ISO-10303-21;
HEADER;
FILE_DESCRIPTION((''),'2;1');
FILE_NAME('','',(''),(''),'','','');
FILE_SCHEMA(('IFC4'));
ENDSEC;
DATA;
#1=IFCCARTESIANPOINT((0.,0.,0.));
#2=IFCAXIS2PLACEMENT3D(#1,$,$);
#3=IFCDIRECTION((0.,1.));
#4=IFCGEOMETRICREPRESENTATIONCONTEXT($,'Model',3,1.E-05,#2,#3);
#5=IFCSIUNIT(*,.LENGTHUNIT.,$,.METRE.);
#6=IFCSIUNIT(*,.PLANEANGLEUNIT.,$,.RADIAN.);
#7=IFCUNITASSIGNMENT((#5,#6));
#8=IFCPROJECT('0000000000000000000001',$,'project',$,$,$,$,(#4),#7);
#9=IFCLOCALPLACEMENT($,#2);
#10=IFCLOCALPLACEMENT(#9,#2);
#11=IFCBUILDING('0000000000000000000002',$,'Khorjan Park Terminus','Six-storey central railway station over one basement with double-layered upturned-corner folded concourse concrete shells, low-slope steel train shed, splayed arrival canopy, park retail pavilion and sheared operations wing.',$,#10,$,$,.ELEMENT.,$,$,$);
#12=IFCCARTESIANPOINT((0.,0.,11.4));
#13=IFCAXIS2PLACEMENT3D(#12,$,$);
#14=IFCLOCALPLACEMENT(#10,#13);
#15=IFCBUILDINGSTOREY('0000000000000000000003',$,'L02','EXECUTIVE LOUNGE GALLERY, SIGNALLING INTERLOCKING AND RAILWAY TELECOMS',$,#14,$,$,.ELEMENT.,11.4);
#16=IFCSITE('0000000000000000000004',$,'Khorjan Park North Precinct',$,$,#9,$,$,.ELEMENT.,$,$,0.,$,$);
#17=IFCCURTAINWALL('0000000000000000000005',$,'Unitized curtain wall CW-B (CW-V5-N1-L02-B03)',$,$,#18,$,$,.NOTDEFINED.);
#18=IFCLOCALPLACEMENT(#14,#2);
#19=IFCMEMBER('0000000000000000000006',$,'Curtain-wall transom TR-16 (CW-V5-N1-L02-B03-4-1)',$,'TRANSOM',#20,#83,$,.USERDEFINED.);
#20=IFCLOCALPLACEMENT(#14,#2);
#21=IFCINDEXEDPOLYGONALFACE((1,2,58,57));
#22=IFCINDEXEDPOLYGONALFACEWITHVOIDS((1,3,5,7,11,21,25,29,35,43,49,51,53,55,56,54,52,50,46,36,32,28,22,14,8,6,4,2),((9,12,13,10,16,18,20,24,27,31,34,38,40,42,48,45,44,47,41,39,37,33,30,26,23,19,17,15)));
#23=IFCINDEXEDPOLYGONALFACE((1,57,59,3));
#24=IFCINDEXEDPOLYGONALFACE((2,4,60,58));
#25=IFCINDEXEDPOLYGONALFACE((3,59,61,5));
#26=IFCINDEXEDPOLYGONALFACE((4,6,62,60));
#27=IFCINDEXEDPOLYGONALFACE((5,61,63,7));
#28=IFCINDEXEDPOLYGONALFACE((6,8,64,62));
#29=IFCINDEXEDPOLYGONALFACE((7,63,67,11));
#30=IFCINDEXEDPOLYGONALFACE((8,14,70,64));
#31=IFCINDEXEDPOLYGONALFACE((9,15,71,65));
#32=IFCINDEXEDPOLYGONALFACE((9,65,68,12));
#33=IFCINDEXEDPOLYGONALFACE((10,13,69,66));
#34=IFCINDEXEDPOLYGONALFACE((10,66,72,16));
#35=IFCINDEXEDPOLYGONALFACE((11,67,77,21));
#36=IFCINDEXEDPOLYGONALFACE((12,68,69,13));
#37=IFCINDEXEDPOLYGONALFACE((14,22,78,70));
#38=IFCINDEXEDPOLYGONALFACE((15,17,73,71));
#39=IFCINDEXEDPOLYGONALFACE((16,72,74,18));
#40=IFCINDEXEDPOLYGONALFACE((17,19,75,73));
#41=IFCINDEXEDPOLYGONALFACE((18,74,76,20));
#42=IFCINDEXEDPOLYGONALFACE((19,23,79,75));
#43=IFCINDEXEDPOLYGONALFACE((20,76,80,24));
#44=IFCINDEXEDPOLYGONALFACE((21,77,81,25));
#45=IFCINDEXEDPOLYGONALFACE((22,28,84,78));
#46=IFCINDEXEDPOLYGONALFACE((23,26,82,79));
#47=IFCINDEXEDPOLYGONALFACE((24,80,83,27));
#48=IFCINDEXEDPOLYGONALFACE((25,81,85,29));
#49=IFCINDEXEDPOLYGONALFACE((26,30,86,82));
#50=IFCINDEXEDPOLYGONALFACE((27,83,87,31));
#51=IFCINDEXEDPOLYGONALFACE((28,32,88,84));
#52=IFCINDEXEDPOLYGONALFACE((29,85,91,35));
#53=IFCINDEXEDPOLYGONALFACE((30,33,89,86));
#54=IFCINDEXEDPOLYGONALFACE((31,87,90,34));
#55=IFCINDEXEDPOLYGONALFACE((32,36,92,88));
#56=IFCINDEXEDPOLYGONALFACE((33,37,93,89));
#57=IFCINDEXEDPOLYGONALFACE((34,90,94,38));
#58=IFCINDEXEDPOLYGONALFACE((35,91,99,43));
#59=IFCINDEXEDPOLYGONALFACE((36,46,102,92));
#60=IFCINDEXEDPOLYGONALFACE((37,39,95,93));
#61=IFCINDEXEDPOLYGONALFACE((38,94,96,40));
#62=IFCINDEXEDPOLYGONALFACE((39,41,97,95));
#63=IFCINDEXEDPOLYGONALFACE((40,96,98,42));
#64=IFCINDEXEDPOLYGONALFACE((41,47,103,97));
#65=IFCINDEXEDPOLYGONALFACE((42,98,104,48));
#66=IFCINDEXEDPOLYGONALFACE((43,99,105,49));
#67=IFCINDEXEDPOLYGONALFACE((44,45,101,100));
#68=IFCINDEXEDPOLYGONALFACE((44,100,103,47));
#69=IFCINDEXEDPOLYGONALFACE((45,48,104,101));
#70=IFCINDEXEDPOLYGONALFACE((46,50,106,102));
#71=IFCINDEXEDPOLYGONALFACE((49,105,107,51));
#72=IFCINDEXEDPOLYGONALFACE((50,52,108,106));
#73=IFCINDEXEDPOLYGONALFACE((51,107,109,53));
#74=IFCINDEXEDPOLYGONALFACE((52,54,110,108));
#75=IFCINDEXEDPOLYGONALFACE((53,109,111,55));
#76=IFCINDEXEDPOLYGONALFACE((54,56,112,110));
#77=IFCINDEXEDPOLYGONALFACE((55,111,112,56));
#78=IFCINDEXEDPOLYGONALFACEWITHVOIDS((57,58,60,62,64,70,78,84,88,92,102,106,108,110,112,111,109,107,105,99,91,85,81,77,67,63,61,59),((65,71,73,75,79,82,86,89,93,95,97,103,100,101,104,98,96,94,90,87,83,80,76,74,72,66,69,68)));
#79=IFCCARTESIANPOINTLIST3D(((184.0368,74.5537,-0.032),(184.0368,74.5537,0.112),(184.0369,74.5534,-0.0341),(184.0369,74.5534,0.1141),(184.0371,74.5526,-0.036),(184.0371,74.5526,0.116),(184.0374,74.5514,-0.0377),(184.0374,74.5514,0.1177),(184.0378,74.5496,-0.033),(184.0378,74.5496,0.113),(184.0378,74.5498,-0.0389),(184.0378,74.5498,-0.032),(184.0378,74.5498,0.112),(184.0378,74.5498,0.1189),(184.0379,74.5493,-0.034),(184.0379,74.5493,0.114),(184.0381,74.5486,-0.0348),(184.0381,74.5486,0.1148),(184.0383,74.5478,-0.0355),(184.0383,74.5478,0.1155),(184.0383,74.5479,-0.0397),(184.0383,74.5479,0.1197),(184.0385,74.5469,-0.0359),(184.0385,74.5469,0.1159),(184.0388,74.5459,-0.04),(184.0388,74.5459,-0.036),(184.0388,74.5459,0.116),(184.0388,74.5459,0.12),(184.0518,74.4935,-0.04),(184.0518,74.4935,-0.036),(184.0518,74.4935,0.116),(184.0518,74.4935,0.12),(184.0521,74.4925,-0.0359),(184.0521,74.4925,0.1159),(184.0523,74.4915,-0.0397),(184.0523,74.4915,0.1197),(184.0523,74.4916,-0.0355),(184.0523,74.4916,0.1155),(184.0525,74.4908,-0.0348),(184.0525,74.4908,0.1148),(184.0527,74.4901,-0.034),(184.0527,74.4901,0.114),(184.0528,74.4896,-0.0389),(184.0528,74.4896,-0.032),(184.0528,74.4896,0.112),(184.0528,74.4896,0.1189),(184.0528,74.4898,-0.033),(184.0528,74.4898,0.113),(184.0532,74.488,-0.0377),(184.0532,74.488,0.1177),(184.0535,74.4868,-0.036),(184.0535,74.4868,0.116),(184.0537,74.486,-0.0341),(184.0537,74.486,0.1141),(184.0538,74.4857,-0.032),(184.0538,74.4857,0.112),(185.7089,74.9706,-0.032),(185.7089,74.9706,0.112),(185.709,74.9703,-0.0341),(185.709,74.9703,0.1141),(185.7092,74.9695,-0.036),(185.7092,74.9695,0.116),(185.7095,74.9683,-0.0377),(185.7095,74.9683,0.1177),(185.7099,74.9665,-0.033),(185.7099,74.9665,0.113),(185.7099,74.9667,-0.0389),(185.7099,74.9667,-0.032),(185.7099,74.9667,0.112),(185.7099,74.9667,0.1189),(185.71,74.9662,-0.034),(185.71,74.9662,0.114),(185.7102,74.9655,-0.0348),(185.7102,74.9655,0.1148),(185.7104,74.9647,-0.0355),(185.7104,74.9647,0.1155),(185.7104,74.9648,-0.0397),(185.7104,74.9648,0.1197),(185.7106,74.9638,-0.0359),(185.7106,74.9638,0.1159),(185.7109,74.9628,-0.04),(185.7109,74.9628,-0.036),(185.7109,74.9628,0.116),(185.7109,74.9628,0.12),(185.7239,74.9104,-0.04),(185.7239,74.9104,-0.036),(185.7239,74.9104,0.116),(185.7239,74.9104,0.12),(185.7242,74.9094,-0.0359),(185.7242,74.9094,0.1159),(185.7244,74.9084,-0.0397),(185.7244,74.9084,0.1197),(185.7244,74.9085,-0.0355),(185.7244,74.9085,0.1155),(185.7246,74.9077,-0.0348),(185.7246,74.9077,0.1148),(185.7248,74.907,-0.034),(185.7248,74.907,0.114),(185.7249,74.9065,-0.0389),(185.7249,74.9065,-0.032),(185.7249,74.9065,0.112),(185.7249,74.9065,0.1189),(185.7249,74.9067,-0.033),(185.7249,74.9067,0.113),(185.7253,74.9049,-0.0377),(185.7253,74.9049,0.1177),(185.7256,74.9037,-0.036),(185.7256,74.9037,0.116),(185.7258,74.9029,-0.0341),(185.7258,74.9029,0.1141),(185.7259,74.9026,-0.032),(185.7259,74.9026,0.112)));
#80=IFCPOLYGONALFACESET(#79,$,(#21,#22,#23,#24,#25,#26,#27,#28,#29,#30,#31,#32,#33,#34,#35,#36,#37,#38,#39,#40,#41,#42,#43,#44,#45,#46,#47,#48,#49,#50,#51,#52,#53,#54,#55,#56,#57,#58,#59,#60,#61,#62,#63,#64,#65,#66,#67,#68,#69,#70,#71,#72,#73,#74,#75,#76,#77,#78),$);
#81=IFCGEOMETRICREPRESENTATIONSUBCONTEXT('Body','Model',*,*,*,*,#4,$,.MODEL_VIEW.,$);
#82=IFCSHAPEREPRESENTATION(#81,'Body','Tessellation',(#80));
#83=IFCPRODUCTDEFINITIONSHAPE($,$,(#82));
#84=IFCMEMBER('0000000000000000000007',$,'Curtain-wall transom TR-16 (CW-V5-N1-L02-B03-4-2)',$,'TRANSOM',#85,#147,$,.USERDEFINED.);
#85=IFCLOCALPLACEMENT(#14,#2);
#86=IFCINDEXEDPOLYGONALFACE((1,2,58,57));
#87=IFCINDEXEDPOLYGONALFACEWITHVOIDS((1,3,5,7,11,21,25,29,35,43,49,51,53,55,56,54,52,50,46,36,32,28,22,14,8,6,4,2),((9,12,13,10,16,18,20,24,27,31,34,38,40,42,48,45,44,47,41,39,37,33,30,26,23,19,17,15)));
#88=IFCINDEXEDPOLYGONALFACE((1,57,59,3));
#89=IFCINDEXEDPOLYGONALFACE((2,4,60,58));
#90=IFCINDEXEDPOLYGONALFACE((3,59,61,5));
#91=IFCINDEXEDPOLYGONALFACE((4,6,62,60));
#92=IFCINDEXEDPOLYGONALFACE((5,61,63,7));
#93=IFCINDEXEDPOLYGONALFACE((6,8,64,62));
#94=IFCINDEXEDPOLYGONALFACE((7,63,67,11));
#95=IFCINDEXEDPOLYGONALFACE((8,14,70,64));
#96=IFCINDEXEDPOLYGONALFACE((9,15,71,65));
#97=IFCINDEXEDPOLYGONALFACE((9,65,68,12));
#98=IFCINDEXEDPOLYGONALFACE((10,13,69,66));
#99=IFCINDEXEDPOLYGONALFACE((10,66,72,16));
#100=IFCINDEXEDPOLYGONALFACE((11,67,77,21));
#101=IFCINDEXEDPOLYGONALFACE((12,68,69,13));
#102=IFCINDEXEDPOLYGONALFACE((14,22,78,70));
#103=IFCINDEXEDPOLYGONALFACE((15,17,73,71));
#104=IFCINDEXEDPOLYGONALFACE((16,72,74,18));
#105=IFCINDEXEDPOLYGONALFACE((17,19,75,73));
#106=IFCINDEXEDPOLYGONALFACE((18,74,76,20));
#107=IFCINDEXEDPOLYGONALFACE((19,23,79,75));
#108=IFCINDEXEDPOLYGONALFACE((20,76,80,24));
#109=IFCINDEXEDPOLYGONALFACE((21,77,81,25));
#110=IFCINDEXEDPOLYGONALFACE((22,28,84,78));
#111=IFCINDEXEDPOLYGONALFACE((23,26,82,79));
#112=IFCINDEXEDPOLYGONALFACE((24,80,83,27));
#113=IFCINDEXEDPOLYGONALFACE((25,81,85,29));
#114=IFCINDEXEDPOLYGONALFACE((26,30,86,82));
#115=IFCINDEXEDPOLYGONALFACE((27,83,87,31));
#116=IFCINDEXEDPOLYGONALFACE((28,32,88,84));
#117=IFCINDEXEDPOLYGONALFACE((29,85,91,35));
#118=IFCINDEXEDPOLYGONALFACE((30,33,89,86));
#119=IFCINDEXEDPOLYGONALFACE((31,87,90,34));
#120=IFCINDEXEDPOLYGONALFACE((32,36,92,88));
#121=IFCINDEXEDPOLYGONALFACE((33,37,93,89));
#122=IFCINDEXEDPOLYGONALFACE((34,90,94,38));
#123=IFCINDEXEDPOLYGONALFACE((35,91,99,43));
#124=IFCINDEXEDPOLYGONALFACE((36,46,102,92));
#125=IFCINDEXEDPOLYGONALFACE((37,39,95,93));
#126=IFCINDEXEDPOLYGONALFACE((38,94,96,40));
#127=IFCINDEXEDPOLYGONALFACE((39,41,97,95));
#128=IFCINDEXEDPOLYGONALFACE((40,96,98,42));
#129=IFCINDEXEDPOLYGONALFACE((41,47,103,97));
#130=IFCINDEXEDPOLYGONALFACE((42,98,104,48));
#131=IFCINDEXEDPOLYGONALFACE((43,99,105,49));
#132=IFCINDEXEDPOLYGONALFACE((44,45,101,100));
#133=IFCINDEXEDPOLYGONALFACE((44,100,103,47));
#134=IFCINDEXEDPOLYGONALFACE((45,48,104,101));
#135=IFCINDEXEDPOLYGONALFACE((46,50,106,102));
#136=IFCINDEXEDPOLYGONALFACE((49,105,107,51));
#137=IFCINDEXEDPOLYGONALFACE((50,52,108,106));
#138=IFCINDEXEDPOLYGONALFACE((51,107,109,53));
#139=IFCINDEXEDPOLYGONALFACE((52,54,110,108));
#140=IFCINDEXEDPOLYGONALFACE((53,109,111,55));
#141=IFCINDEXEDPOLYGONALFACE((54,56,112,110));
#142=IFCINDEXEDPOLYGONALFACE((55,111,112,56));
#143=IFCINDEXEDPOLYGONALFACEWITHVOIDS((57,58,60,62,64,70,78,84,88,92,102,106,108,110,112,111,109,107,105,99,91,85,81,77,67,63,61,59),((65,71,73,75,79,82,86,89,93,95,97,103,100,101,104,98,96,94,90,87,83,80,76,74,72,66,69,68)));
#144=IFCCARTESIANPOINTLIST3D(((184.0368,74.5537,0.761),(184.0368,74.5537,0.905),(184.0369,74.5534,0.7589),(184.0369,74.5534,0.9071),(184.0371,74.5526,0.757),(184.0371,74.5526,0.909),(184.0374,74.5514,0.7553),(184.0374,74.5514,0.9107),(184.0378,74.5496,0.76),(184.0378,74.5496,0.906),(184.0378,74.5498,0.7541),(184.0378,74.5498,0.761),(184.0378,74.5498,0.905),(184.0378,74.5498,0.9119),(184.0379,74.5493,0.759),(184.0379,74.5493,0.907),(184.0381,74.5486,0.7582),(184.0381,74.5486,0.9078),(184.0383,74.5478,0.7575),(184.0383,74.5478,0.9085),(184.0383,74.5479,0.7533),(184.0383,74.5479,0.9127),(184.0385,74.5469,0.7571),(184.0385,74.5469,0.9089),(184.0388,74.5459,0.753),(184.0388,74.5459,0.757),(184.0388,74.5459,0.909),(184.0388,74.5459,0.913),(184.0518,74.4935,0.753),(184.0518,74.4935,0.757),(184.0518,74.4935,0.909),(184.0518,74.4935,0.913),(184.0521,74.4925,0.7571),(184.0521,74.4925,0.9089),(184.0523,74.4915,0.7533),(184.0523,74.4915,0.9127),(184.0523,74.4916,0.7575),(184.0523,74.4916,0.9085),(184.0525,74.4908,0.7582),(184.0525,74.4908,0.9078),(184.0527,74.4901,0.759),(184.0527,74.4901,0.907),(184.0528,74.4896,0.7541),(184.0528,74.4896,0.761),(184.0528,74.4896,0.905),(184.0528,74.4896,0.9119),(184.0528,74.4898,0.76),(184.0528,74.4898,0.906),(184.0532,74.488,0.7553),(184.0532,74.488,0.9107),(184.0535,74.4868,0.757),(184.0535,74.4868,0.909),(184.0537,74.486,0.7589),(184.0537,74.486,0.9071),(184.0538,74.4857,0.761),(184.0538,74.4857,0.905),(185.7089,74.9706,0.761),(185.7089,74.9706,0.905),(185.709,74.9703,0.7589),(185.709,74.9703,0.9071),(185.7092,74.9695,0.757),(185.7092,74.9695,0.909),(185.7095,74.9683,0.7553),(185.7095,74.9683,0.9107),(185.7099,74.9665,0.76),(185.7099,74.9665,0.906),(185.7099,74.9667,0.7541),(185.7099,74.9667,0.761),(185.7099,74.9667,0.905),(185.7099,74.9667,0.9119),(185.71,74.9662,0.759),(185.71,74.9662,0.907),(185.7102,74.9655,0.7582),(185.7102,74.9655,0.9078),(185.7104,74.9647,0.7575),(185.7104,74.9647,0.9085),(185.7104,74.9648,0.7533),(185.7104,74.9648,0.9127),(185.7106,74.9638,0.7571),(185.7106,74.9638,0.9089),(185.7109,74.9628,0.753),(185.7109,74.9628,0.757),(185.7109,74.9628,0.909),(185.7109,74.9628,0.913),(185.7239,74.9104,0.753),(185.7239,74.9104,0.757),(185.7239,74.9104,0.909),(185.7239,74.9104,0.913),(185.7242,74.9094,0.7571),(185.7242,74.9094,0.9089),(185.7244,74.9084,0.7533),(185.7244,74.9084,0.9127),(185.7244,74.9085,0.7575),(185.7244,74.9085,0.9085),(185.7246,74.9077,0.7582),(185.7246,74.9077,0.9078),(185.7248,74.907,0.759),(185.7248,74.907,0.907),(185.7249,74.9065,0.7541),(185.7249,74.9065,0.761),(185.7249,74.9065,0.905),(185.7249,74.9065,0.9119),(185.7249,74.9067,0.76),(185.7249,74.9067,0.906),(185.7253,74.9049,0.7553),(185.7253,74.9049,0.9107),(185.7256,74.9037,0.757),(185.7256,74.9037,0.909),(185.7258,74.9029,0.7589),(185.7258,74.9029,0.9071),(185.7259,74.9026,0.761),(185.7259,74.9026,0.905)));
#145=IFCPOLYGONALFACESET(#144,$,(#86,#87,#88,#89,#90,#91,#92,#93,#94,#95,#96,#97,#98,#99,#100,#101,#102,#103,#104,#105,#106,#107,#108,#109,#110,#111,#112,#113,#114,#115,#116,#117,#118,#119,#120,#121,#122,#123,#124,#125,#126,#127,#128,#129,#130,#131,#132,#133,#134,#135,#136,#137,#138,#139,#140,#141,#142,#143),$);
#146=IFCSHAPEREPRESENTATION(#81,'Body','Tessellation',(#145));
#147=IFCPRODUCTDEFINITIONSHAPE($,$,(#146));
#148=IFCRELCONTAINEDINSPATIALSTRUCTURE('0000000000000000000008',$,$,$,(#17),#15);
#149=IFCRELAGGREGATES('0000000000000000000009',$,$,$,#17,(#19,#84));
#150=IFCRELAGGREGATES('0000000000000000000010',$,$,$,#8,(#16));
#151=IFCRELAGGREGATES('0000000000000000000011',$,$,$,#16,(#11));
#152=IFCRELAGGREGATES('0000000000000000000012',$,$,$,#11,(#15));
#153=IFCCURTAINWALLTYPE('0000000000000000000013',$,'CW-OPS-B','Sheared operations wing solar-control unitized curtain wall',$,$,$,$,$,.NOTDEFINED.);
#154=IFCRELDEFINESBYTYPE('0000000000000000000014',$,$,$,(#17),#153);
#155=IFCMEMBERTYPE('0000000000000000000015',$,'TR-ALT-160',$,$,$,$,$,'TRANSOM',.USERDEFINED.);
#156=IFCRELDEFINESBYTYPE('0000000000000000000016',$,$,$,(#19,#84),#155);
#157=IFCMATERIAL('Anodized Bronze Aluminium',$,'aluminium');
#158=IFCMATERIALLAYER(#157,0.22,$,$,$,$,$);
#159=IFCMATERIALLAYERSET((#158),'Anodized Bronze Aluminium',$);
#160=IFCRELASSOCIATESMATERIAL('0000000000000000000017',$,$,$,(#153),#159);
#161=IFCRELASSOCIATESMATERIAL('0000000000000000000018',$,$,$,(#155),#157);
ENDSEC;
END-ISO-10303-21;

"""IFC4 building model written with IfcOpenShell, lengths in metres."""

from ifc_helpers import new_model, si_unit, direction, frame, origin, origin_2d, place, context, subcontext, project, spatial, hollow_rectangle, extrude, material, layer, layer_set, material_profile, profile_set, type_object, element, aggregate, save


model = new_model("IFC4")

# Units and contexts
model_context = context("Model", 3, precision=1e-05, world=origin(), true_north=direction((0.0, 1.0)))
body_context = subcontext(model_context, "Body", "Model", "MODEL_VIEW")
ifc_project = project(units=[si_unit("LENGTHUNIT", "METRE"), si_unit("PLANEANGLEUNIT", "RADIAN")], contexts=[model_context])

# Site, building, storey
site_placement = place(None, origin())
site = spatial("IfcSite", under=ifc_project, at=site_placement, Name="Khorjan Park North Precinct", CompositionType="ELEMENT", RefElevation=0.0)
building_placement = place(site_placement, origin())
building = spatial("IfcBuilding", under=site, at=building_placement, Name="Khorjan Park Terminus", Description="Six-storey central railway station over one basement with double-layered upturned-corner folded concourse concrete shells, low-slope steel train shed, splayed arrival canopy, park retail pavilion and sheared operations wing.", CompositionType="ELEMENT")
storey_placement = place(building_placement, frame((0.0, 0.0, 11.4)))
storey = spatial("IfcBuildingStorey", under=building, at=storey_placement, Name="L02", Description="EXECUTIVE LOUNGE GALLERY, SIGNALLING INTERLOCKING AND RAILWAY TELECOMS", CompositionType="ELEMENT", Elevation=11.4)

# Curtain wall
ifc_material_1 = material(Name="Anodized Bronze Aluminium", Category="aluminium")
ifc_layer_1 = layer(ifc_material_1, 0.22)
ifc_layer_set_1 = layer_set([ifc_layer_1], Name="Anodized Bronze Aluminium")
curtain_wall_type = type_object("IfcCurtainWallType", Name="CW-OPS-B", Description="Sheared operations wing solar-control unitized curtain wall", PredefinedType="NOTDEFINED", material=ifc_layer_set_1)
curtain_wall_placement = place(storey_placement, origin())
curtain_wall = element("IfcCurtainWall", 1, at=curtain_wall_placement, inside=storey, type_object=curtain_wall_type, Name="Unitized curtain wall CW-B (CW-V5-N1-L02-B03)", PredefinedType="NOTDEFINED")

# Members
ifc_material_profile_1 = material_profile(ifc_material_1, hollow_rectangle(XDim=0.07, YDim=0.16, WallThickness=0.004, InnerFilletRadius=0.004, OuterFilletRadius=0.008, at=origin_2d()), Name="ALT 70x160x4")
ifc_profile_set_1 = profile_set([ifc_material_profile_1], Name="Anodized Bronze Aluminium")
member_type_1 = type_object("IfcMemberType", Name="TR-ALT-160", ElementType="TRANSOM", PredefinedType="USERDEFINED", material=ifc_profile_set_1)
member_1_placement = place(storey_placement, frame((185.7174, 74.9366, 0.04), z_axis=(-0.970296, -0.241921, 0.0), x_axis=(0.241921, -0.970296, 0.0)))
member_1 = element("IfcMember", 2, at=member_1_placement, type_object=member_type_1, Name="Curtain-wall transom TR-16 (CW-V5-N1-L02-B03-4-1)", ObjectType="TRANSOM", PredefinedType="USERDEFINED", context=body_context, shape_type="SweptSolid", body=[
    extrude(hollow_rectangle(XDim=0.07, YDim=0.16, WallThickness=0.004, InnerFilletRadius=0.004, OuterFilletRadius=0.008, at=origin_2d()), origin(), (0.0, 0.0, 1.0), 1.7233),
])
member_2_placement = place(storey_placement, frame((185.7174, 74.9366, 0.833), z_axis=(-0.970296, -0.241921, 0.0), x_axis=(0.241921, -0.970296, 0.0)))
member_2 = element("IfcMember", 3, at=member_2_placement, type_object=member_type_1, Name="Curtain-wall transom TR-16 (CW-V5-N1-L02-B03-4-2)", ObjectType="TRANSOM", PredefinedType="USERDEFINED", context=body_context, shape_type="SweptSolid", body=[
    extrude(hollow_rectangle(XDim=0.07, YDim=0.16, WallThickness=0.004, InnerFilletRadius=0.004, OuterFilletRadius=0.008, at=origin_2d()), origin(), (0.0, 0.0, 1.0), 1.7233),
])

aggregate(curtain_wall, [member_1, member_2])

save(model, "model.ifc")
